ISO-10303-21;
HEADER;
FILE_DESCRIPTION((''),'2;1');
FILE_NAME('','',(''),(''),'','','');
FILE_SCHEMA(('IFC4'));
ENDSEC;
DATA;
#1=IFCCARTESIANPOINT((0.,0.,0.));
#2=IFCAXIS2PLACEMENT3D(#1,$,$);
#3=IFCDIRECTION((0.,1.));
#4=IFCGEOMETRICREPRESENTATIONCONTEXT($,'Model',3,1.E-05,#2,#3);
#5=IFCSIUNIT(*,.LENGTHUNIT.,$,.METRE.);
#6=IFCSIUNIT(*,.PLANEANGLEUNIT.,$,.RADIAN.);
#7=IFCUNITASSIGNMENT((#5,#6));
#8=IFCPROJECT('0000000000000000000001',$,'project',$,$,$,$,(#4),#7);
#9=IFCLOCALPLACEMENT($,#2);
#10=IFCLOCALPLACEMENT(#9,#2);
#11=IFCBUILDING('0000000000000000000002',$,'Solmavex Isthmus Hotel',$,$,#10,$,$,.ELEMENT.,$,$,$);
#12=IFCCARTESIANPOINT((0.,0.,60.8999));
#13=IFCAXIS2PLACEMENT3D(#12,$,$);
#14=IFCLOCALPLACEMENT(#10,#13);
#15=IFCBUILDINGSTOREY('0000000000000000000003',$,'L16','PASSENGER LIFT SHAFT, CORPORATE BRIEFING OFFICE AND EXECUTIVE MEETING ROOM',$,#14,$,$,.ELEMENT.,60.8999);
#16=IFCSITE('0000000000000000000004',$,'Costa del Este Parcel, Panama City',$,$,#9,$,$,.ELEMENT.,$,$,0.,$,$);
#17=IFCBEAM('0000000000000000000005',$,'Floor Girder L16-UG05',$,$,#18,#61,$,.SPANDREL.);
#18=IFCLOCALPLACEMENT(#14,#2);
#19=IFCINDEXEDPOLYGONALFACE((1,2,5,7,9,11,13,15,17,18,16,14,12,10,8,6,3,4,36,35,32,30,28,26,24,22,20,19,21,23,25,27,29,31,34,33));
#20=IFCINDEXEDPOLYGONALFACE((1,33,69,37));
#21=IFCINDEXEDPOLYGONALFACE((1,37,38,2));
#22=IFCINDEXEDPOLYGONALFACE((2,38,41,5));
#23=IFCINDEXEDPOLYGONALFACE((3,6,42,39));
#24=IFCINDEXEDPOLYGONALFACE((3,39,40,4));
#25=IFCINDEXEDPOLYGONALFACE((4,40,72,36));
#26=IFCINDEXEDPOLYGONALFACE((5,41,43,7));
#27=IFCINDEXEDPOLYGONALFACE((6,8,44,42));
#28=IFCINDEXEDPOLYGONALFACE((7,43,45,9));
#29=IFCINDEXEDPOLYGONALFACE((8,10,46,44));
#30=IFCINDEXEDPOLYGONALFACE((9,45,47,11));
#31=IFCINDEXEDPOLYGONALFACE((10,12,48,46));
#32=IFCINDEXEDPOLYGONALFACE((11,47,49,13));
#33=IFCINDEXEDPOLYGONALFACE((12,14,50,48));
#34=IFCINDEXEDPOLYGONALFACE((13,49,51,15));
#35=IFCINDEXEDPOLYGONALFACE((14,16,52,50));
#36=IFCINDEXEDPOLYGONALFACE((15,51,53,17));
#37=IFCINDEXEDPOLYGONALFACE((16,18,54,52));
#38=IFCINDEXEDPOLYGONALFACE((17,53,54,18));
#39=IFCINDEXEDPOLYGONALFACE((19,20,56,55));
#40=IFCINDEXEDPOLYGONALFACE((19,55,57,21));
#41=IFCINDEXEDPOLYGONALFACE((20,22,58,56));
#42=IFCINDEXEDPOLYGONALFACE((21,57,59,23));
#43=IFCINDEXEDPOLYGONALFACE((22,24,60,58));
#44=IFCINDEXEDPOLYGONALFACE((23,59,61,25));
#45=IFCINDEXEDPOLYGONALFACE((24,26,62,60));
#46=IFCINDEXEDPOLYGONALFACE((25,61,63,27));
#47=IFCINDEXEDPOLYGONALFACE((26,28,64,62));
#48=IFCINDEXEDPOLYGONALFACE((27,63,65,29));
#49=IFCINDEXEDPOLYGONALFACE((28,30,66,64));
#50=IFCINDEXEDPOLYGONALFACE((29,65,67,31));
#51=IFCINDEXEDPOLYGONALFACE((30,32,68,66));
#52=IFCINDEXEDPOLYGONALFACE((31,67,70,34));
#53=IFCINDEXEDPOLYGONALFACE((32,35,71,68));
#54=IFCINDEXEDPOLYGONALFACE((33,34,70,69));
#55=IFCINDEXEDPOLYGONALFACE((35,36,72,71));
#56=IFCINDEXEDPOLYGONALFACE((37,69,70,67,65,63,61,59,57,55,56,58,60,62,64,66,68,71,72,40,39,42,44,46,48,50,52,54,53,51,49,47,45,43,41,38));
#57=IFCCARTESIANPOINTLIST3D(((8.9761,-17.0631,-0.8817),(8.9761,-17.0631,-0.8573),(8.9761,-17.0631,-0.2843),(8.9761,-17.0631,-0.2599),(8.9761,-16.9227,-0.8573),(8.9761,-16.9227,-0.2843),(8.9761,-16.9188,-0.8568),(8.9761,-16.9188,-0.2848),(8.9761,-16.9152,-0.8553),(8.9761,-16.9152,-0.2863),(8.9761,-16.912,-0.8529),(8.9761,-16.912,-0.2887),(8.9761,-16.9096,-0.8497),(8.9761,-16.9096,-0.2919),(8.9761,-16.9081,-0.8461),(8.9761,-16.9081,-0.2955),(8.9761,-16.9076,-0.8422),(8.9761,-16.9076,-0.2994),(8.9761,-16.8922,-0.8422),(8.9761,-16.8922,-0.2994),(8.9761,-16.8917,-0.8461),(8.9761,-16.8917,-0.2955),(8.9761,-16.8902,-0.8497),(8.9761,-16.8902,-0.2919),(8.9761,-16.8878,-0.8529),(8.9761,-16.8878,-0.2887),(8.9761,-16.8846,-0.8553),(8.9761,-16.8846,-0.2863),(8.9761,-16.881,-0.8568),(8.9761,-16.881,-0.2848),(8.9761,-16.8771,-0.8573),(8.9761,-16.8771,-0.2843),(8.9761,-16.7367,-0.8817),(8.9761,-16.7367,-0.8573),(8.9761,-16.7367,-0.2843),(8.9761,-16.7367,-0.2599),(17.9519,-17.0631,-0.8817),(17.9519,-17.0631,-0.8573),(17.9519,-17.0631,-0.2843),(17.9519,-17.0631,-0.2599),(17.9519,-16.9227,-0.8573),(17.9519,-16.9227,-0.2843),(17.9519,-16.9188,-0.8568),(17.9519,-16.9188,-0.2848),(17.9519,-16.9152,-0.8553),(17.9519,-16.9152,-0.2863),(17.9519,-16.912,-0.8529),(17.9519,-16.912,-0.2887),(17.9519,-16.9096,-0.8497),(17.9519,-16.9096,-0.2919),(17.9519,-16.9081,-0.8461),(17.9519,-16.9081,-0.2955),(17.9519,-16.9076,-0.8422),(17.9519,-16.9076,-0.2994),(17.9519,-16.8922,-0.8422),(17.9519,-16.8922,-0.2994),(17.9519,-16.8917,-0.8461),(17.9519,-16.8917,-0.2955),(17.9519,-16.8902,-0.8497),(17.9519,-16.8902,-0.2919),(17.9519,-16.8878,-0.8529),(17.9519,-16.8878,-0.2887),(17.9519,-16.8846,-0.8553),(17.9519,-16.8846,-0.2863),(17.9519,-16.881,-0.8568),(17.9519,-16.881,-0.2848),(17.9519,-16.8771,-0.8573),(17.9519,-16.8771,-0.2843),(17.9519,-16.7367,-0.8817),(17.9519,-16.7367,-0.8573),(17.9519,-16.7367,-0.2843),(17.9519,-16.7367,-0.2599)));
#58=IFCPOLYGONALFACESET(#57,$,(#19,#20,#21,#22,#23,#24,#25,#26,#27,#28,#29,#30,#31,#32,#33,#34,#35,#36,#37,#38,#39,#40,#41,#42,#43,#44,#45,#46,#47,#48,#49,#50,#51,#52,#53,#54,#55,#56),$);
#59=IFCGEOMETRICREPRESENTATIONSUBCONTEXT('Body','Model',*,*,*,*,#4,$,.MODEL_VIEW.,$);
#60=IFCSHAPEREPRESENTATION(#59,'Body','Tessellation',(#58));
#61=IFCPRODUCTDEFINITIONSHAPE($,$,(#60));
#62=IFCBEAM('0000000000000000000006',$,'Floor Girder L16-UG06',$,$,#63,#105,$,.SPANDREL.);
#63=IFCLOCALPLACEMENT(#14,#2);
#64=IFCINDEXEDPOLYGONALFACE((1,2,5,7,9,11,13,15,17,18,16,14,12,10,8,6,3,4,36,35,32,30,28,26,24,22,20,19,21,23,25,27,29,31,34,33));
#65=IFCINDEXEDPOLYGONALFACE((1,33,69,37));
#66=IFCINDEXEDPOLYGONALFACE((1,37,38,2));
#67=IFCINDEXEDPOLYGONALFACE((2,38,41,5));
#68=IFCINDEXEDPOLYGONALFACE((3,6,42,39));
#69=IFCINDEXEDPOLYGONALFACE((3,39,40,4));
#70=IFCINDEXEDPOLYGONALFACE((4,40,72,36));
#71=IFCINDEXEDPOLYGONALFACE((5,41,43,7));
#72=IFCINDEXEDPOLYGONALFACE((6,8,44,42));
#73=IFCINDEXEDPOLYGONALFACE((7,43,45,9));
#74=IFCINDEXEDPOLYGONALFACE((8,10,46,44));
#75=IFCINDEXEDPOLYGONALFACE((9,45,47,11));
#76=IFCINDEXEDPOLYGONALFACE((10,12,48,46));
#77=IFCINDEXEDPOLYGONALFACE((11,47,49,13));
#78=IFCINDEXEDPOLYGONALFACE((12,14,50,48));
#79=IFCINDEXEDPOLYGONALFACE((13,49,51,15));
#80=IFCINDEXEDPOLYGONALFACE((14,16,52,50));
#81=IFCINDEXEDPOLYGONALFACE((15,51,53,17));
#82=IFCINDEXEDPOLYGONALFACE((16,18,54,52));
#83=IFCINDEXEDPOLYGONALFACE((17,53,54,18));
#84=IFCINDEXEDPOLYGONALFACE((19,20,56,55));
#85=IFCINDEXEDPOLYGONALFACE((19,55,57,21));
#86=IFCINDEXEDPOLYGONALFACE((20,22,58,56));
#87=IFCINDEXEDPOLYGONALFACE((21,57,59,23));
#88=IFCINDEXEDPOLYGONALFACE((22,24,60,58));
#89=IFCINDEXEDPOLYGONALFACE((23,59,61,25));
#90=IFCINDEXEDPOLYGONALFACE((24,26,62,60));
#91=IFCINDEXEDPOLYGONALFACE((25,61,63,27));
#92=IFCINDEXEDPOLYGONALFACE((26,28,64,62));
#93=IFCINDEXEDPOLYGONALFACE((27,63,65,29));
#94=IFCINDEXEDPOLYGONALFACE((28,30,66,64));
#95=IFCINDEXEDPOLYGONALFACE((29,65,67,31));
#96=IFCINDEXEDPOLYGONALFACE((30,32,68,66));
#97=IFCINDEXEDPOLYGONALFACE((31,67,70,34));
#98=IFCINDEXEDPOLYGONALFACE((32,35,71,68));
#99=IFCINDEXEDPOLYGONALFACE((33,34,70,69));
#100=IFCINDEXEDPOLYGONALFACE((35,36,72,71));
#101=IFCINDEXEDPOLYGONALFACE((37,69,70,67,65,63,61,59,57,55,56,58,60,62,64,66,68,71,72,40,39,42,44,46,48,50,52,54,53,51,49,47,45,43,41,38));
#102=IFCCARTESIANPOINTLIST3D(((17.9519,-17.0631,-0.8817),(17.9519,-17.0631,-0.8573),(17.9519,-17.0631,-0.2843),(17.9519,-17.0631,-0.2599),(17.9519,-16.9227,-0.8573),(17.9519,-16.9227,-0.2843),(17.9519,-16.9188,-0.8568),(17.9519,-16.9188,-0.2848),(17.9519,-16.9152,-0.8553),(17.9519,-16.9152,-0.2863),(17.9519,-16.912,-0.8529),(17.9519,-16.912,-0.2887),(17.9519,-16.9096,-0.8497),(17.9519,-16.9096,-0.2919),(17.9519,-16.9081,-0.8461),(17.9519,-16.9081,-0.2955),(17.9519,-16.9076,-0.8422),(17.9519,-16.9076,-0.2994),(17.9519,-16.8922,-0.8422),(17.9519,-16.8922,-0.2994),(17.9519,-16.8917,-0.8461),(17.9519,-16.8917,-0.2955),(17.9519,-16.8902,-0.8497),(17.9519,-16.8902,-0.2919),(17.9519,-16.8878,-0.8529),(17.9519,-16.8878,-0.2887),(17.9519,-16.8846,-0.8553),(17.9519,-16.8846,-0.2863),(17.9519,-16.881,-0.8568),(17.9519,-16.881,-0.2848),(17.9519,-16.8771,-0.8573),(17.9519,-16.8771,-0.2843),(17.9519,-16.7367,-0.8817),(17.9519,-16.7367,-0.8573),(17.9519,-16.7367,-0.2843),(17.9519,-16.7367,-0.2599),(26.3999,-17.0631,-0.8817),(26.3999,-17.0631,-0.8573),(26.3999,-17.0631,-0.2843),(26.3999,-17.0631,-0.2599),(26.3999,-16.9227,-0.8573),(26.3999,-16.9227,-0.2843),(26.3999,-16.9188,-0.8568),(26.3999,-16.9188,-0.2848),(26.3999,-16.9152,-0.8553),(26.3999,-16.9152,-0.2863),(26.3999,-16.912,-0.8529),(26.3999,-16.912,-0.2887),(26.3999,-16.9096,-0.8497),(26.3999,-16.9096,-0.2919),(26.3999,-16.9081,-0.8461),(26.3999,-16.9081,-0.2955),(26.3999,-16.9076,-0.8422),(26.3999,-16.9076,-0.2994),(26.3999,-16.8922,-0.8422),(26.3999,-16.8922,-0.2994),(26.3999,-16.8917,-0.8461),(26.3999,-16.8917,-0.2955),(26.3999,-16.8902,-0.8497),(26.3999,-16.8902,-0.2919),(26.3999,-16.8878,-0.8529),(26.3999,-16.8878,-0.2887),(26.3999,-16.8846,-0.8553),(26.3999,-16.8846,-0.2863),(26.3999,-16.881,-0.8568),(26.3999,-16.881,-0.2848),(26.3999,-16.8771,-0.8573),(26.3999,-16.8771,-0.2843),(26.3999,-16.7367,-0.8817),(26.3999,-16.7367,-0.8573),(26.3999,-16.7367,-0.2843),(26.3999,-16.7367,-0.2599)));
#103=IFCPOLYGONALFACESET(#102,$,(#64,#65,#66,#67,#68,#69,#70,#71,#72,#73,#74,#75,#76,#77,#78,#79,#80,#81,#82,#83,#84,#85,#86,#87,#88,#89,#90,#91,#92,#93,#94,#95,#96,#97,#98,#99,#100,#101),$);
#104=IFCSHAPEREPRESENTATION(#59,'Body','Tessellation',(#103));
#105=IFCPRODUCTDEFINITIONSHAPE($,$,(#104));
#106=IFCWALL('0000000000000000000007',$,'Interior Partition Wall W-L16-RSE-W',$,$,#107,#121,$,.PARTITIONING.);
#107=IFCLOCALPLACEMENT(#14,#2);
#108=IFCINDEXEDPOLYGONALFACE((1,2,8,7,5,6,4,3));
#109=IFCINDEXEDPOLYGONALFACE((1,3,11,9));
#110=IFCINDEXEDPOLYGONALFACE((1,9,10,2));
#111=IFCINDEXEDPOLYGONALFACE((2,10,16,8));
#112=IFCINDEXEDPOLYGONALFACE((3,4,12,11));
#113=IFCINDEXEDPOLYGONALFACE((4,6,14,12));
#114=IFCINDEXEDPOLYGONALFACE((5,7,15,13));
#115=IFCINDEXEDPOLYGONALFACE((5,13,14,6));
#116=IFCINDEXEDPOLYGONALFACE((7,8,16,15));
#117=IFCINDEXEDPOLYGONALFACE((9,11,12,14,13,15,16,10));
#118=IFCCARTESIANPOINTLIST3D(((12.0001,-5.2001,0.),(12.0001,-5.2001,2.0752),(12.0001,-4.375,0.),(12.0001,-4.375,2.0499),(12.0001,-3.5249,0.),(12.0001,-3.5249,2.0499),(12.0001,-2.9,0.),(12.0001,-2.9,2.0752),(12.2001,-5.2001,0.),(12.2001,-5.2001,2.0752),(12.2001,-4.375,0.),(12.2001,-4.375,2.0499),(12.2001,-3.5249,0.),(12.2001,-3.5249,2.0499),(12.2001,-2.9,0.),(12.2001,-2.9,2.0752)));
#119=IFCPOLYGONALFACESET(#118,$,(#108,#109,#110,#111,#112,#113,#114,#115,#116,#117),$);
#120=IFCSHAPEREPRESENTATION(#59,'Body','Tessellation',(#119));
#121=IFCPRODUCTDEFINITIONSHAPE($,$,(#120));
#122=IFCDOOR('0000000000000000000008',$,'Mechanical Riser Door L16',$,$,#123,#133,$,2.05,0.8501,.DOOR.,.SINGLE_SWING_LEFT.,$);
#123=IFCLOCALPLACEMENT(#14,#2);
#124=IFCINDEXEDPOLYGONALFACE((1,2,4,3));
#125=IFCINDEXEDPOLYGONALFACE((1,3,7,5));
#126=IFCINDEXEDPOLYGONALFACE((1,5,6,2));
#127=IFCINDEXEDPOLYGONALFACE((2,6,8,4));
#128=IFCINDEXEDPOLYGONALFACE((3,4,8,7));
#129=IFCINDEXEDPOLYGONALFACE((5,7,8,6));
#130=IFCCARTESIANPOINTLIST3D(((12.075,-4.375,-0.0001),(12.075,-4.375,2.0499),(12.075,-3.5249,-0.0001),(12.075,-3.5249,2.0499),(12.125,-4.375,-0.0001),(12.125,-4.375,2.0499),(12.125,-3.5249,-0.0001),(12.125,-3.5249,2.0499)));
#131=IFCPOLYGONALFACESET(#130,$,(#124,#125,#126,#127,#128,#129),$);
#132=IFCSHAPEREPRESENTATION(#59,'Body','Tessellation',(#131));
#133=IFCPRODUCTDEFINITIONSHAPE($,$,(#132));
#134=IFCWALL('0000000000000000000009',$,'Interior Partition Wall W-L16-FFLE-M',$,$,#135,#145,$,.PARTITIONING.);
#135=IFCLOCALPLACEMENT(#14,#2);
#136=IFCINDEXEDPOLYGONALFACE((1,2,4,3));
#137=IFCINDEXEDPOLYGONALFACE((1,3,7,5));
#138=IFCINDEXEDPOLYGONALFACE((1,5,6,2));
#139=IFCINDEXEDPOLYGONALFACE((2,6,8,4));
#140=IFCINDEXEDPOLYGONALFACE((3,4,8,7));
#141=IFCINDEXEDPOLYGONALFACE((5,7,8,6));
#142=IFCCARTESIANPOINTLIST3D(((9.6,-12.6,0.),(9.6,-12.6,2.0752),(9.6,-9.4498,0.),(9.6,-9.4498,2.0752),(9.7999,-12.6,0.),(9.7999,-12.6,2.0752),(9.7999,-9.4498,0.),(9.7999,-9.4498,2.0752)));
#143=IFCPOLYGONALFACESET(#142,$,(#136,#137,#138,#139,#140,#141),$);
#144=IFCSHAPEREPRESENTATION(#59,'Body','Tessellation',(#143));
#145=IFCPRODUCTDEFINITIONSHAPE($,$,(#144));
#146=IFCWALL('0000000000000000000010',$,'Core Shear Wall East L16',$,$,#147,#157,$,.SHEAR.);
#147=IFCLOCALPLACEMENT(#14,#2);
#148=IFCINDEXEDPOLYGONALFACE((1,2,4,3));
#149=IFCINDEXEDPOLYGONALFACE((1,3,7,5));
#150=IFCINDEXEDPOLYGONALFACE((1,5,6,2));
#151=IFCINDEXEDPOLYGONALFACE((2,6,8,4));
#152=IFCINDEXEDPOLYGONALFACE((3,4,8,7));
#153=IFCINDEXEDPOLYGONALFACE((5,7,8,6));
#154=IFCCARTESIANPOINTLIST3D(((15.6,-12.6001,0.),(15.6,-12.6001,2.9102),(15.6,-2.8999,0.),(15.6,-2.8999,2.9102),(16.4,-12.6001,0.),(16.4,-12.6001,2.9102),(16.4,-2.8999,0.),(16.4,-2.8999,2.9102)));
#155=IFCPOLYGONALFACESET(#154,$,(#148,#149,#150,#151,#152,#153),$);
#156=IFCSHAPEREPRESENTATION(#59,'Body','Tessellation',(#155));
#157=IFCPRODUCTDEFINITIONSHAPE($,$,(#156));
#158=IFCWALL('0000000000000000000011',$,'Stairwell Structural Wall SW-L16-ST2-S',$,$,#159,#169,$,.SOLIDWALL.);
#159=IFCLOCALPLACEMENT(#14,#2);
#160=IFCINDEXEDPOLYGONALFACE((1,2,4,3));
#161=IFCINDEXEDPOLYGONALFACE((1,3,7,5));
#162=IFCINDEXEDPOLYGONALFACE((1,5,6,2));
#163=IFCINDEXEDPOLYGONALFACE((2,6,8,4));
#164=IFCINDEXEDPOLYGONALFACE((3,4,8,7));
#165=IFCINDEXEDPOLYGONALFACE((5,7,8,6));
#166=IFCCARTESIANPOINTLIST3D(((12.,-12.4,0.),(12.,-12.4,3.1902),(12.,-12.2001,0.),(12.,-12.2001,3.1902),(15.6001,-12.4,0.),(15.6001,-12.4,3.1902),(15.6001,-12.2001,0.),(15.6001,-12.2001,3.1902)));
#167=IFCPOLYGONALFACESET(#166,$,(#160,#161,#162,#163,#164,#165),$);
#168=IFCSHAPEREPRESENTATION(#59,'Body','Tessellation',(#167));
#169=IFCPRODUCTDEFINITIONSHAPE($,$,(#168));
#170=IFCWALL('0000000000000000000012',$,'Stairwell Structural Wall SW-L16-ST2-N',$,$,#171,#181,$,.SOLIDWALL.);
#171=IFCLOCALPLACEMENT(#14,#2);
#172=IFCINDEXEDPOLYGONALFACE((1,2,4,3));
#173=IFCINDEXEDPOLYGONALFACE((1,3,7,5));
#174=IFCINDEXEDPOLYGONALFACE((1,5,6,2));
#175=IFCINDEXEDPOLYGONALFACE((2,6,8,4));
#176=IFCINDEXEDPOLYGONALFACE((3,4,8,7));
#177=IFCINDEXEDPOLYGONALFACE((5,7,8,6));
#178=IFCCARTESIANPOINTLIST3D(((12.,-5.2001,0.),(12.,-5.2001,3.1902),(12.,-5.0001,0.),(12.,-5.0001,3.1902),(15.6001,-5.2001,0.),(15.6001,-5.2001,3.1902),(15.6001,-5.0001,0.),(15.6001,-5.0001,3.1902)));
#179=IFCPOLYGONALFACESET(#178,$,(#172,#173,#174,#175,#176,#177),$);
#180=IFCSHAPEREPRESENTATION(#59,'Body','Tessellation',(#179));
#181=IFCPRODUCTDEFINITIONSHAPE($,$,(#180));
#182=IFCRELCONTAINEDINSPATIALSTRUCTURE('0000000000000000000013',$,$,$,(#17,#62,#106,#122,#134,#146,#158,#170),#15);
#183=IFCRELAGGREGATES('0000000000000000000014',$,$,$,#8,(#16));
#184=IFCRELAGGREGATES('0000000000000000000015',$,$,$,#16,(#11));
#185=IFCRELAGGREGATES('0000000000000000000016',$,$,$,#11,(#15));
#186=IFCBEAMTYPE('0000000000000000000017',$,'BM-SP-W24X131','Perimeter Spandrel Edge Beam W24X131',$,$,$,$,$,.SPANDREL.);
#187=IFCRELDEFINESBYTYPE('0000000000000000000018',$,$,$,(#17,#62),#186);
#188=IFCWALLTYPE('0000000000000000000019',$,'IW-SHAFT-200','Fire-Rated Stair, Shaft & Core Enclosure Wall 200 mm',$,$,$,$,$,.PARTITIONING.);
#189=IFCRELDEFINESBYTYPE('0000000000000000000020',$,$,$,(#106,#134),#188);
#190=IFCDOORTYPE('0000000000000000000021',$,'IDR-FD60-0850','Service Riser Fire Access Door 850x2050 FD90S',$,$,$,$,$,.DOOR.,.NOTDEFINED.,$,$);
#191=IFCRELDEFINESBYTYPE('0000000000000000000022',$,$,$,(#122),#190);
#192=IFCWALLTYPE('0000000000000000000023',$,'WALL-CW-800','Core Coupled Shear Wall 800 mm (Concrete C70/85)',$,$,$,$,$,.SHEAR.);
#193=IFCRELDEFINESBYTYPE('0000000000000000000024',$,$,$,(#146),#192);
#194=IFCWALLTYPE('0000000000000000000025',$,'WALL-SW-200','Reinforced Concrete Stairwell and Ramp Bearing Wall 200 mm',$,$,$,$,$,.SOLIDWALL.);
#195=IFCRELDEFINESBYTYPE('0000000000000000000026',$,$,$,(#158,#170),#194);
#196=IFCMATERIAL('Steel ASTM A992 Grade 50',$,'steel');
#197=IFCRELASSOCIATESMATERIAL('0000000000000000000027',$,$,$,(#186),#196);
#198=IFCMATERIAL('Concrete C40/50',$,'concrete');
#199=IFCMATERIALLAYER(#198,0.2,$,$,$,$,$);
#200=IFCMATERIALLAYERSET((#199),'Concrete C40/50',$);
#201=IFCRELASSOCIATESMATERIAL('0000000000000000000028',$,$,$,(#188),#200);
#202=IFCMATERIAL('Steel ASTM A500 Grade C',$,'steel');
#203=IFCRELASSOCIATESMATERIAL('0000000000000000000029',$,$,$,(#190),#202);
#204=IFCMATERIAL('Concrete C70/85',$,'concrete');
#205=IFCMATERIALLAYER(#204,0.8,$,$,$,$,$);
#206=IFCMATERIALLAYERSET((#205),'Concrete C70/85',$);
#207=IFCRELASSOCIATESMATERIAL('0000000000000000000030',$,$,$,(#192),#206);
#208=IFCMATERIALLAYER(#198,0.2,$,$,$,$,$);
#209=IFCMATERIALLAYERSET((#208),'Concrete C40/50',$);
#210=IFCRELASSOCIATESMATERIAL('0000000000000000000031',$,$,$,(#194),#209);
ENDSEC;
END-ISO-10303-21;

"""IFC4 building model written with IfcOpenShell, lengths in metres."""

from ifc_helpers import new_model, si_unit, direction, frame, frame_2d, origin, origin_2d, place, context, subcontext, project, spatial, rectangle, i_section, extrude, material, layer, layer_set, material_profile, profile_set, type_object, element, fill, save


model = new_model("IFC4")

# Units and contexts
model_context = context("Model", 3, precision=1e-05, world=origin(), true_north=direction((0.0, 1.0)))
body_context = subcontext(model_context, "Body", "Model", "MODEL_VIEW")
ifc_project = project(units=[si_unit("LENGTHUNIT", "METRE"), si_unit("PLANEANGLEUNIT", "RADIAN")], contexts=[model_context])

# Site, building, storey
site_placement = place(None, origin())
site = spatial("IfcSite", under=ifc_project, at=site_placement, Name="Costa del Este Parcel, Panama City", CompositionType="ELEMENT", RefElevation=0.0)
building_placement = place(site_placement, origin())
building = spatial("IfcBuilding", under=site, at=building_placement, Name="Solmavex Isthmus Hotel", CompositionType="ELEMENT")
storey_placement = place(building_placement, frame((0.0, 0.0, 60.8999)))
storey = spatial("IfcBuildingStorey", under=building, at=storey_placement, Name="L16", Description="PASSENGER LIFT SHAFT, CORPORATE BRIEFING OFFICE AND EXECUTIVE MEETING ROOM", CompositionType="ELEMENT", Elevation=60.8999)

# Shared definitions
ifc_material_1 = material(Name="Concrete C70/85", Category="concrete")

# Beams
ifc_material_2 = material(Name="Steel ASTM A992 Grade 50", Category="steel")
ifc_material_profile_1 = material_profile(ifc_material_2, i_section(OverallWidth=0.3264, OverallDepth=0.6218, WebThickness=0.0154, FlangeThickness=0.0244, FilletRadius=0.0151, at=origin_2d()), Name="W24X131")
ifc_profile_set_1 = profile_set([ifc_material_profile_1], Name="Steel ASTM A992 Grade 50")
beam_type_1 = type_object("IfcBeamType", Name="BM-SP-W24X131", Description="Perimeter Spandrel Edge Beam W24X131", PredefinedType="SPANDREL", material=ifc_profile_set_1)
beam_1_placement = place(storey_placement, frame((8.9761, -16.8999, -0.5708), z_axis=(1.0, 0.0, 0.0), x_axis=(0.0, 1.0, 0.0)))
element("IfcBeam", 1, at=beam_1_placement, inside=storey, type_object=beam_type_1, Name="Floor Girder L16-UG05", PredefinedType="SPANDREL", context=body_context, shape_type="SweptSolid", body=[
    extrude(i_section(OverallWidth=0.3264, OverallDepth=0.6218, WebThickness=0.0154, FlangeThickness=0.0244, FilletRadius=0.0151, at=origin_2d()), origin(), (0.0, 0.0, 1.0), 8.9758),
])
beam_2_placement = place(storey_placement, frame((17.9519, -16.8999, -0.5708), z_axis=(1.0, 0.0, 0.0), x_axis=(0.0, 1.0, 0.0)))
element("IfcBeam", 2, at=beam_2_placement, inside=storey, type_object=beam_type_1, Name="Floor Girder L16-UG06", PredefinedType="SPANDREL", context=body_context, shape_type="SweptSolid", body=[
    extrude(i_section(OverallWidth=0.3264, OverallDepth=0.6218, WebThickness=0.0154, FlangeThickness=0.0244, FilletRadius=0.0151, at=origin_2d()), origin(), (0.0, 0.0, 1.0), 8.448),
])

# Wall, opening, door
ifc_material_3 = material(Name="Concrete C40/50", Category="concrete")
ifc_layer_1 = layer(ifc_material_3, 0.2)
ifc_layer_set_1 = layer_set([ifc_layer_1], Name="Concrete C40/50")
wall_type_1 = type_object("IfcWallType", Name="IW-SHAFT-200", Description="Fire-Rated Stair, Shaft & Core Enclosure Wall 200 mm", PredefinedType="PARTITIONING", material=ifc_layer_set_1)
wall_1_placement = place(storey_placement, frame((12.1001, -5.2, 0.0), z_axis=(0.0, 0.0, 1.0), x_axis=(0.0, 1.0, 0.0)))
wall_1 = element("IfcWall", 3, at=wall_1_placement, inside=storey, type_object=wall_type_1, Name="Interior Partition Wall W-L16-RSE-W", PredefinedType="PARTITIONING", context=body_context, shape_type="SweptSolid", body=[
    extrude(rectangle(XDim=2.3, YDim=0.2, at=frame_2d((1.1499, 0.0))), origin(), (0.0, 0.0, 1.0), 2.0752),
])
opening_1_placement = place(wall_1_placement, frame((0.825, 0.0, 0.0)))
opening_1 = element("IfcOpeningElement", 4, at=opening_1_placement, cuts=wall_1, PredefinedType="OPENING", context=body_context, shape_type="SweptSolid", body=[
    extrude(rectangle(XDim=0.8501, YDim=2.05, at=frame_2d((0.425, 1.0249))), frame((0.0, 0.1099, 0.0), z_axis=(0.0, -1.0, 0.0), x_axis=(1.0, 0.0, 0.0)), (0.0, 0.0, 1.0), 0.22),
])
ifc_material_4 = material(Name="Steel ASTM A500 Grade C", Category="steel")
door_type_1 = type_object("IfcDoorType", Name="IDR-FD60-0850", Description="Service Riser Fire Access Door 850x2050 FD90S", OperationType="NOTDEFINED", PredefinedType="DOOR", material=ifc_material_4)
door_1_placement = place(opening_1_placement, frame((0.8501, 0.0, 0.0), z_axis=(0.0, 0.0, 1.0), x_axis=(-1.0, 0.0, 0.0)))
door_1 = element("IfcDoor", 5, at=door_1_placement, inside=storey, type_object=door_type_1, Name="Mechanical Riser Door L16", OperationType="SINGLE_SWING_LEFT", OverallHeight=2.05, OverallWidth=0.8501, PredefinedType="DOOR", context=body_context, shape_type="SweptSolid", body=[
    extrude(rectangle(XDim=0.8501, YDim=2.05, at=frame_2d((0.425, 1.0249))), frame((0.0, 0.0249, 0.0), z_axis=(0.0, -1.0, 0.0), x_axis=(1.0, 0.0, 0.0)), (0.0, 0.0, 1.0), 0.05),
])
fill(opening_1, door_1)

# Walls
wall_2_placement = place(storey_placement, frame((9.7, -12.6001, 0.0), z_axis=(0.0, 0.0, 1.0), x_axis=(0.0, 1.0, 0.0)))
element("IfcWall", 6, at=wall_2_placement, inside=storey, type_object=wall_type_1, Name="Interior Partition Wall W-L16-FFLE-M", PredefinedType="PARTITIONING", context=body_context, shape_type="SweptSolid", body=[
    extrude(rectangle(XDim=3.1501, YDim=0.2, at=frame_2d((1.5752, 0.0))), origin(), (0.0, 0.0, 1.0), 2.0752),
])
ifc_layer_2 = layer(ifc_material_1, 0.8)
ifc_layer_set_2 = layer_set([ifc_layer_2], Name="Concrete C70/85")
wall_type_2 = type_object("IfcWallType", Name="WALL-CW-800", Description="Core Coupled Shear Wall 800 mm (Concrete C70/85)", PredefinedType="SHEAR", material=ifc_layer_set_2)
wall_3_placement = place(storey_placement, frame((16.0, -12.6001, 0.0), z_axis=(0.0, 0.0, 1.0), x_axis=(0.0, 1.0, 0.0)))
element("IfcWall", 7, at=wall_3_placement, inside=storey, type_object=wall_type_2, Name="Core Shear Wall East L16", PredefinedType="SHEAR", context=body_context, shape_type="SweptSolid", body=[
    extrude(rectangle(XDim=9.7002, YDim=0.8, at=frame_2d((4.8501, 0.0))), origin(), (0.0, 0.0, 1.0), 2.9102),
])
ifc_layer_3 = layer(ifc_material_3, 0.2)
ifc_layer_set_3 = layer_set([ifc_layer_3], Name="Concrete C40/50")
wall_type_3 = type_object("IfcWallType", Name="WALL-SW-200", Description="Reinforced Concrete Stairwell and Ramp Bearing Wall 200 mm", PredefinedType="SOLIDWALL", material=ifc_layer_set_3)
for number, where, z_axis, x_axis, name in (
    (8, (12.0, -12.3, 0.0), (0.0, 0.0, 1.0), (1.0, 0.0, 0.0), "Stairwell Structural Wall SW-L16-ST2-S"),
    (9, (12.0, -5.1001, 0.0), (0.0, 0.0, 1.0), (1.0, 0.0, 0.0), "Stairwell Structural Wall SW-L16-ST2-N"),
):
    element("IfcWall", number, at=place(storey_placement, frame(where, z_axis=z_axis, x_axis=x_axis)), inside=storey, type_object=wall_type_3, Name=name, PredefinedType="SOLIDWALL", context=body_context, shape_type="SweptSolid", body=[
        extrude(rectangle(XDim=3.6001, YDim=0.2, at=frame_2d((1.8, 0.0))), origin(), (0.0, 0.0, 1.0), 3.1902),
    ])

save(model, "model.ifc")
